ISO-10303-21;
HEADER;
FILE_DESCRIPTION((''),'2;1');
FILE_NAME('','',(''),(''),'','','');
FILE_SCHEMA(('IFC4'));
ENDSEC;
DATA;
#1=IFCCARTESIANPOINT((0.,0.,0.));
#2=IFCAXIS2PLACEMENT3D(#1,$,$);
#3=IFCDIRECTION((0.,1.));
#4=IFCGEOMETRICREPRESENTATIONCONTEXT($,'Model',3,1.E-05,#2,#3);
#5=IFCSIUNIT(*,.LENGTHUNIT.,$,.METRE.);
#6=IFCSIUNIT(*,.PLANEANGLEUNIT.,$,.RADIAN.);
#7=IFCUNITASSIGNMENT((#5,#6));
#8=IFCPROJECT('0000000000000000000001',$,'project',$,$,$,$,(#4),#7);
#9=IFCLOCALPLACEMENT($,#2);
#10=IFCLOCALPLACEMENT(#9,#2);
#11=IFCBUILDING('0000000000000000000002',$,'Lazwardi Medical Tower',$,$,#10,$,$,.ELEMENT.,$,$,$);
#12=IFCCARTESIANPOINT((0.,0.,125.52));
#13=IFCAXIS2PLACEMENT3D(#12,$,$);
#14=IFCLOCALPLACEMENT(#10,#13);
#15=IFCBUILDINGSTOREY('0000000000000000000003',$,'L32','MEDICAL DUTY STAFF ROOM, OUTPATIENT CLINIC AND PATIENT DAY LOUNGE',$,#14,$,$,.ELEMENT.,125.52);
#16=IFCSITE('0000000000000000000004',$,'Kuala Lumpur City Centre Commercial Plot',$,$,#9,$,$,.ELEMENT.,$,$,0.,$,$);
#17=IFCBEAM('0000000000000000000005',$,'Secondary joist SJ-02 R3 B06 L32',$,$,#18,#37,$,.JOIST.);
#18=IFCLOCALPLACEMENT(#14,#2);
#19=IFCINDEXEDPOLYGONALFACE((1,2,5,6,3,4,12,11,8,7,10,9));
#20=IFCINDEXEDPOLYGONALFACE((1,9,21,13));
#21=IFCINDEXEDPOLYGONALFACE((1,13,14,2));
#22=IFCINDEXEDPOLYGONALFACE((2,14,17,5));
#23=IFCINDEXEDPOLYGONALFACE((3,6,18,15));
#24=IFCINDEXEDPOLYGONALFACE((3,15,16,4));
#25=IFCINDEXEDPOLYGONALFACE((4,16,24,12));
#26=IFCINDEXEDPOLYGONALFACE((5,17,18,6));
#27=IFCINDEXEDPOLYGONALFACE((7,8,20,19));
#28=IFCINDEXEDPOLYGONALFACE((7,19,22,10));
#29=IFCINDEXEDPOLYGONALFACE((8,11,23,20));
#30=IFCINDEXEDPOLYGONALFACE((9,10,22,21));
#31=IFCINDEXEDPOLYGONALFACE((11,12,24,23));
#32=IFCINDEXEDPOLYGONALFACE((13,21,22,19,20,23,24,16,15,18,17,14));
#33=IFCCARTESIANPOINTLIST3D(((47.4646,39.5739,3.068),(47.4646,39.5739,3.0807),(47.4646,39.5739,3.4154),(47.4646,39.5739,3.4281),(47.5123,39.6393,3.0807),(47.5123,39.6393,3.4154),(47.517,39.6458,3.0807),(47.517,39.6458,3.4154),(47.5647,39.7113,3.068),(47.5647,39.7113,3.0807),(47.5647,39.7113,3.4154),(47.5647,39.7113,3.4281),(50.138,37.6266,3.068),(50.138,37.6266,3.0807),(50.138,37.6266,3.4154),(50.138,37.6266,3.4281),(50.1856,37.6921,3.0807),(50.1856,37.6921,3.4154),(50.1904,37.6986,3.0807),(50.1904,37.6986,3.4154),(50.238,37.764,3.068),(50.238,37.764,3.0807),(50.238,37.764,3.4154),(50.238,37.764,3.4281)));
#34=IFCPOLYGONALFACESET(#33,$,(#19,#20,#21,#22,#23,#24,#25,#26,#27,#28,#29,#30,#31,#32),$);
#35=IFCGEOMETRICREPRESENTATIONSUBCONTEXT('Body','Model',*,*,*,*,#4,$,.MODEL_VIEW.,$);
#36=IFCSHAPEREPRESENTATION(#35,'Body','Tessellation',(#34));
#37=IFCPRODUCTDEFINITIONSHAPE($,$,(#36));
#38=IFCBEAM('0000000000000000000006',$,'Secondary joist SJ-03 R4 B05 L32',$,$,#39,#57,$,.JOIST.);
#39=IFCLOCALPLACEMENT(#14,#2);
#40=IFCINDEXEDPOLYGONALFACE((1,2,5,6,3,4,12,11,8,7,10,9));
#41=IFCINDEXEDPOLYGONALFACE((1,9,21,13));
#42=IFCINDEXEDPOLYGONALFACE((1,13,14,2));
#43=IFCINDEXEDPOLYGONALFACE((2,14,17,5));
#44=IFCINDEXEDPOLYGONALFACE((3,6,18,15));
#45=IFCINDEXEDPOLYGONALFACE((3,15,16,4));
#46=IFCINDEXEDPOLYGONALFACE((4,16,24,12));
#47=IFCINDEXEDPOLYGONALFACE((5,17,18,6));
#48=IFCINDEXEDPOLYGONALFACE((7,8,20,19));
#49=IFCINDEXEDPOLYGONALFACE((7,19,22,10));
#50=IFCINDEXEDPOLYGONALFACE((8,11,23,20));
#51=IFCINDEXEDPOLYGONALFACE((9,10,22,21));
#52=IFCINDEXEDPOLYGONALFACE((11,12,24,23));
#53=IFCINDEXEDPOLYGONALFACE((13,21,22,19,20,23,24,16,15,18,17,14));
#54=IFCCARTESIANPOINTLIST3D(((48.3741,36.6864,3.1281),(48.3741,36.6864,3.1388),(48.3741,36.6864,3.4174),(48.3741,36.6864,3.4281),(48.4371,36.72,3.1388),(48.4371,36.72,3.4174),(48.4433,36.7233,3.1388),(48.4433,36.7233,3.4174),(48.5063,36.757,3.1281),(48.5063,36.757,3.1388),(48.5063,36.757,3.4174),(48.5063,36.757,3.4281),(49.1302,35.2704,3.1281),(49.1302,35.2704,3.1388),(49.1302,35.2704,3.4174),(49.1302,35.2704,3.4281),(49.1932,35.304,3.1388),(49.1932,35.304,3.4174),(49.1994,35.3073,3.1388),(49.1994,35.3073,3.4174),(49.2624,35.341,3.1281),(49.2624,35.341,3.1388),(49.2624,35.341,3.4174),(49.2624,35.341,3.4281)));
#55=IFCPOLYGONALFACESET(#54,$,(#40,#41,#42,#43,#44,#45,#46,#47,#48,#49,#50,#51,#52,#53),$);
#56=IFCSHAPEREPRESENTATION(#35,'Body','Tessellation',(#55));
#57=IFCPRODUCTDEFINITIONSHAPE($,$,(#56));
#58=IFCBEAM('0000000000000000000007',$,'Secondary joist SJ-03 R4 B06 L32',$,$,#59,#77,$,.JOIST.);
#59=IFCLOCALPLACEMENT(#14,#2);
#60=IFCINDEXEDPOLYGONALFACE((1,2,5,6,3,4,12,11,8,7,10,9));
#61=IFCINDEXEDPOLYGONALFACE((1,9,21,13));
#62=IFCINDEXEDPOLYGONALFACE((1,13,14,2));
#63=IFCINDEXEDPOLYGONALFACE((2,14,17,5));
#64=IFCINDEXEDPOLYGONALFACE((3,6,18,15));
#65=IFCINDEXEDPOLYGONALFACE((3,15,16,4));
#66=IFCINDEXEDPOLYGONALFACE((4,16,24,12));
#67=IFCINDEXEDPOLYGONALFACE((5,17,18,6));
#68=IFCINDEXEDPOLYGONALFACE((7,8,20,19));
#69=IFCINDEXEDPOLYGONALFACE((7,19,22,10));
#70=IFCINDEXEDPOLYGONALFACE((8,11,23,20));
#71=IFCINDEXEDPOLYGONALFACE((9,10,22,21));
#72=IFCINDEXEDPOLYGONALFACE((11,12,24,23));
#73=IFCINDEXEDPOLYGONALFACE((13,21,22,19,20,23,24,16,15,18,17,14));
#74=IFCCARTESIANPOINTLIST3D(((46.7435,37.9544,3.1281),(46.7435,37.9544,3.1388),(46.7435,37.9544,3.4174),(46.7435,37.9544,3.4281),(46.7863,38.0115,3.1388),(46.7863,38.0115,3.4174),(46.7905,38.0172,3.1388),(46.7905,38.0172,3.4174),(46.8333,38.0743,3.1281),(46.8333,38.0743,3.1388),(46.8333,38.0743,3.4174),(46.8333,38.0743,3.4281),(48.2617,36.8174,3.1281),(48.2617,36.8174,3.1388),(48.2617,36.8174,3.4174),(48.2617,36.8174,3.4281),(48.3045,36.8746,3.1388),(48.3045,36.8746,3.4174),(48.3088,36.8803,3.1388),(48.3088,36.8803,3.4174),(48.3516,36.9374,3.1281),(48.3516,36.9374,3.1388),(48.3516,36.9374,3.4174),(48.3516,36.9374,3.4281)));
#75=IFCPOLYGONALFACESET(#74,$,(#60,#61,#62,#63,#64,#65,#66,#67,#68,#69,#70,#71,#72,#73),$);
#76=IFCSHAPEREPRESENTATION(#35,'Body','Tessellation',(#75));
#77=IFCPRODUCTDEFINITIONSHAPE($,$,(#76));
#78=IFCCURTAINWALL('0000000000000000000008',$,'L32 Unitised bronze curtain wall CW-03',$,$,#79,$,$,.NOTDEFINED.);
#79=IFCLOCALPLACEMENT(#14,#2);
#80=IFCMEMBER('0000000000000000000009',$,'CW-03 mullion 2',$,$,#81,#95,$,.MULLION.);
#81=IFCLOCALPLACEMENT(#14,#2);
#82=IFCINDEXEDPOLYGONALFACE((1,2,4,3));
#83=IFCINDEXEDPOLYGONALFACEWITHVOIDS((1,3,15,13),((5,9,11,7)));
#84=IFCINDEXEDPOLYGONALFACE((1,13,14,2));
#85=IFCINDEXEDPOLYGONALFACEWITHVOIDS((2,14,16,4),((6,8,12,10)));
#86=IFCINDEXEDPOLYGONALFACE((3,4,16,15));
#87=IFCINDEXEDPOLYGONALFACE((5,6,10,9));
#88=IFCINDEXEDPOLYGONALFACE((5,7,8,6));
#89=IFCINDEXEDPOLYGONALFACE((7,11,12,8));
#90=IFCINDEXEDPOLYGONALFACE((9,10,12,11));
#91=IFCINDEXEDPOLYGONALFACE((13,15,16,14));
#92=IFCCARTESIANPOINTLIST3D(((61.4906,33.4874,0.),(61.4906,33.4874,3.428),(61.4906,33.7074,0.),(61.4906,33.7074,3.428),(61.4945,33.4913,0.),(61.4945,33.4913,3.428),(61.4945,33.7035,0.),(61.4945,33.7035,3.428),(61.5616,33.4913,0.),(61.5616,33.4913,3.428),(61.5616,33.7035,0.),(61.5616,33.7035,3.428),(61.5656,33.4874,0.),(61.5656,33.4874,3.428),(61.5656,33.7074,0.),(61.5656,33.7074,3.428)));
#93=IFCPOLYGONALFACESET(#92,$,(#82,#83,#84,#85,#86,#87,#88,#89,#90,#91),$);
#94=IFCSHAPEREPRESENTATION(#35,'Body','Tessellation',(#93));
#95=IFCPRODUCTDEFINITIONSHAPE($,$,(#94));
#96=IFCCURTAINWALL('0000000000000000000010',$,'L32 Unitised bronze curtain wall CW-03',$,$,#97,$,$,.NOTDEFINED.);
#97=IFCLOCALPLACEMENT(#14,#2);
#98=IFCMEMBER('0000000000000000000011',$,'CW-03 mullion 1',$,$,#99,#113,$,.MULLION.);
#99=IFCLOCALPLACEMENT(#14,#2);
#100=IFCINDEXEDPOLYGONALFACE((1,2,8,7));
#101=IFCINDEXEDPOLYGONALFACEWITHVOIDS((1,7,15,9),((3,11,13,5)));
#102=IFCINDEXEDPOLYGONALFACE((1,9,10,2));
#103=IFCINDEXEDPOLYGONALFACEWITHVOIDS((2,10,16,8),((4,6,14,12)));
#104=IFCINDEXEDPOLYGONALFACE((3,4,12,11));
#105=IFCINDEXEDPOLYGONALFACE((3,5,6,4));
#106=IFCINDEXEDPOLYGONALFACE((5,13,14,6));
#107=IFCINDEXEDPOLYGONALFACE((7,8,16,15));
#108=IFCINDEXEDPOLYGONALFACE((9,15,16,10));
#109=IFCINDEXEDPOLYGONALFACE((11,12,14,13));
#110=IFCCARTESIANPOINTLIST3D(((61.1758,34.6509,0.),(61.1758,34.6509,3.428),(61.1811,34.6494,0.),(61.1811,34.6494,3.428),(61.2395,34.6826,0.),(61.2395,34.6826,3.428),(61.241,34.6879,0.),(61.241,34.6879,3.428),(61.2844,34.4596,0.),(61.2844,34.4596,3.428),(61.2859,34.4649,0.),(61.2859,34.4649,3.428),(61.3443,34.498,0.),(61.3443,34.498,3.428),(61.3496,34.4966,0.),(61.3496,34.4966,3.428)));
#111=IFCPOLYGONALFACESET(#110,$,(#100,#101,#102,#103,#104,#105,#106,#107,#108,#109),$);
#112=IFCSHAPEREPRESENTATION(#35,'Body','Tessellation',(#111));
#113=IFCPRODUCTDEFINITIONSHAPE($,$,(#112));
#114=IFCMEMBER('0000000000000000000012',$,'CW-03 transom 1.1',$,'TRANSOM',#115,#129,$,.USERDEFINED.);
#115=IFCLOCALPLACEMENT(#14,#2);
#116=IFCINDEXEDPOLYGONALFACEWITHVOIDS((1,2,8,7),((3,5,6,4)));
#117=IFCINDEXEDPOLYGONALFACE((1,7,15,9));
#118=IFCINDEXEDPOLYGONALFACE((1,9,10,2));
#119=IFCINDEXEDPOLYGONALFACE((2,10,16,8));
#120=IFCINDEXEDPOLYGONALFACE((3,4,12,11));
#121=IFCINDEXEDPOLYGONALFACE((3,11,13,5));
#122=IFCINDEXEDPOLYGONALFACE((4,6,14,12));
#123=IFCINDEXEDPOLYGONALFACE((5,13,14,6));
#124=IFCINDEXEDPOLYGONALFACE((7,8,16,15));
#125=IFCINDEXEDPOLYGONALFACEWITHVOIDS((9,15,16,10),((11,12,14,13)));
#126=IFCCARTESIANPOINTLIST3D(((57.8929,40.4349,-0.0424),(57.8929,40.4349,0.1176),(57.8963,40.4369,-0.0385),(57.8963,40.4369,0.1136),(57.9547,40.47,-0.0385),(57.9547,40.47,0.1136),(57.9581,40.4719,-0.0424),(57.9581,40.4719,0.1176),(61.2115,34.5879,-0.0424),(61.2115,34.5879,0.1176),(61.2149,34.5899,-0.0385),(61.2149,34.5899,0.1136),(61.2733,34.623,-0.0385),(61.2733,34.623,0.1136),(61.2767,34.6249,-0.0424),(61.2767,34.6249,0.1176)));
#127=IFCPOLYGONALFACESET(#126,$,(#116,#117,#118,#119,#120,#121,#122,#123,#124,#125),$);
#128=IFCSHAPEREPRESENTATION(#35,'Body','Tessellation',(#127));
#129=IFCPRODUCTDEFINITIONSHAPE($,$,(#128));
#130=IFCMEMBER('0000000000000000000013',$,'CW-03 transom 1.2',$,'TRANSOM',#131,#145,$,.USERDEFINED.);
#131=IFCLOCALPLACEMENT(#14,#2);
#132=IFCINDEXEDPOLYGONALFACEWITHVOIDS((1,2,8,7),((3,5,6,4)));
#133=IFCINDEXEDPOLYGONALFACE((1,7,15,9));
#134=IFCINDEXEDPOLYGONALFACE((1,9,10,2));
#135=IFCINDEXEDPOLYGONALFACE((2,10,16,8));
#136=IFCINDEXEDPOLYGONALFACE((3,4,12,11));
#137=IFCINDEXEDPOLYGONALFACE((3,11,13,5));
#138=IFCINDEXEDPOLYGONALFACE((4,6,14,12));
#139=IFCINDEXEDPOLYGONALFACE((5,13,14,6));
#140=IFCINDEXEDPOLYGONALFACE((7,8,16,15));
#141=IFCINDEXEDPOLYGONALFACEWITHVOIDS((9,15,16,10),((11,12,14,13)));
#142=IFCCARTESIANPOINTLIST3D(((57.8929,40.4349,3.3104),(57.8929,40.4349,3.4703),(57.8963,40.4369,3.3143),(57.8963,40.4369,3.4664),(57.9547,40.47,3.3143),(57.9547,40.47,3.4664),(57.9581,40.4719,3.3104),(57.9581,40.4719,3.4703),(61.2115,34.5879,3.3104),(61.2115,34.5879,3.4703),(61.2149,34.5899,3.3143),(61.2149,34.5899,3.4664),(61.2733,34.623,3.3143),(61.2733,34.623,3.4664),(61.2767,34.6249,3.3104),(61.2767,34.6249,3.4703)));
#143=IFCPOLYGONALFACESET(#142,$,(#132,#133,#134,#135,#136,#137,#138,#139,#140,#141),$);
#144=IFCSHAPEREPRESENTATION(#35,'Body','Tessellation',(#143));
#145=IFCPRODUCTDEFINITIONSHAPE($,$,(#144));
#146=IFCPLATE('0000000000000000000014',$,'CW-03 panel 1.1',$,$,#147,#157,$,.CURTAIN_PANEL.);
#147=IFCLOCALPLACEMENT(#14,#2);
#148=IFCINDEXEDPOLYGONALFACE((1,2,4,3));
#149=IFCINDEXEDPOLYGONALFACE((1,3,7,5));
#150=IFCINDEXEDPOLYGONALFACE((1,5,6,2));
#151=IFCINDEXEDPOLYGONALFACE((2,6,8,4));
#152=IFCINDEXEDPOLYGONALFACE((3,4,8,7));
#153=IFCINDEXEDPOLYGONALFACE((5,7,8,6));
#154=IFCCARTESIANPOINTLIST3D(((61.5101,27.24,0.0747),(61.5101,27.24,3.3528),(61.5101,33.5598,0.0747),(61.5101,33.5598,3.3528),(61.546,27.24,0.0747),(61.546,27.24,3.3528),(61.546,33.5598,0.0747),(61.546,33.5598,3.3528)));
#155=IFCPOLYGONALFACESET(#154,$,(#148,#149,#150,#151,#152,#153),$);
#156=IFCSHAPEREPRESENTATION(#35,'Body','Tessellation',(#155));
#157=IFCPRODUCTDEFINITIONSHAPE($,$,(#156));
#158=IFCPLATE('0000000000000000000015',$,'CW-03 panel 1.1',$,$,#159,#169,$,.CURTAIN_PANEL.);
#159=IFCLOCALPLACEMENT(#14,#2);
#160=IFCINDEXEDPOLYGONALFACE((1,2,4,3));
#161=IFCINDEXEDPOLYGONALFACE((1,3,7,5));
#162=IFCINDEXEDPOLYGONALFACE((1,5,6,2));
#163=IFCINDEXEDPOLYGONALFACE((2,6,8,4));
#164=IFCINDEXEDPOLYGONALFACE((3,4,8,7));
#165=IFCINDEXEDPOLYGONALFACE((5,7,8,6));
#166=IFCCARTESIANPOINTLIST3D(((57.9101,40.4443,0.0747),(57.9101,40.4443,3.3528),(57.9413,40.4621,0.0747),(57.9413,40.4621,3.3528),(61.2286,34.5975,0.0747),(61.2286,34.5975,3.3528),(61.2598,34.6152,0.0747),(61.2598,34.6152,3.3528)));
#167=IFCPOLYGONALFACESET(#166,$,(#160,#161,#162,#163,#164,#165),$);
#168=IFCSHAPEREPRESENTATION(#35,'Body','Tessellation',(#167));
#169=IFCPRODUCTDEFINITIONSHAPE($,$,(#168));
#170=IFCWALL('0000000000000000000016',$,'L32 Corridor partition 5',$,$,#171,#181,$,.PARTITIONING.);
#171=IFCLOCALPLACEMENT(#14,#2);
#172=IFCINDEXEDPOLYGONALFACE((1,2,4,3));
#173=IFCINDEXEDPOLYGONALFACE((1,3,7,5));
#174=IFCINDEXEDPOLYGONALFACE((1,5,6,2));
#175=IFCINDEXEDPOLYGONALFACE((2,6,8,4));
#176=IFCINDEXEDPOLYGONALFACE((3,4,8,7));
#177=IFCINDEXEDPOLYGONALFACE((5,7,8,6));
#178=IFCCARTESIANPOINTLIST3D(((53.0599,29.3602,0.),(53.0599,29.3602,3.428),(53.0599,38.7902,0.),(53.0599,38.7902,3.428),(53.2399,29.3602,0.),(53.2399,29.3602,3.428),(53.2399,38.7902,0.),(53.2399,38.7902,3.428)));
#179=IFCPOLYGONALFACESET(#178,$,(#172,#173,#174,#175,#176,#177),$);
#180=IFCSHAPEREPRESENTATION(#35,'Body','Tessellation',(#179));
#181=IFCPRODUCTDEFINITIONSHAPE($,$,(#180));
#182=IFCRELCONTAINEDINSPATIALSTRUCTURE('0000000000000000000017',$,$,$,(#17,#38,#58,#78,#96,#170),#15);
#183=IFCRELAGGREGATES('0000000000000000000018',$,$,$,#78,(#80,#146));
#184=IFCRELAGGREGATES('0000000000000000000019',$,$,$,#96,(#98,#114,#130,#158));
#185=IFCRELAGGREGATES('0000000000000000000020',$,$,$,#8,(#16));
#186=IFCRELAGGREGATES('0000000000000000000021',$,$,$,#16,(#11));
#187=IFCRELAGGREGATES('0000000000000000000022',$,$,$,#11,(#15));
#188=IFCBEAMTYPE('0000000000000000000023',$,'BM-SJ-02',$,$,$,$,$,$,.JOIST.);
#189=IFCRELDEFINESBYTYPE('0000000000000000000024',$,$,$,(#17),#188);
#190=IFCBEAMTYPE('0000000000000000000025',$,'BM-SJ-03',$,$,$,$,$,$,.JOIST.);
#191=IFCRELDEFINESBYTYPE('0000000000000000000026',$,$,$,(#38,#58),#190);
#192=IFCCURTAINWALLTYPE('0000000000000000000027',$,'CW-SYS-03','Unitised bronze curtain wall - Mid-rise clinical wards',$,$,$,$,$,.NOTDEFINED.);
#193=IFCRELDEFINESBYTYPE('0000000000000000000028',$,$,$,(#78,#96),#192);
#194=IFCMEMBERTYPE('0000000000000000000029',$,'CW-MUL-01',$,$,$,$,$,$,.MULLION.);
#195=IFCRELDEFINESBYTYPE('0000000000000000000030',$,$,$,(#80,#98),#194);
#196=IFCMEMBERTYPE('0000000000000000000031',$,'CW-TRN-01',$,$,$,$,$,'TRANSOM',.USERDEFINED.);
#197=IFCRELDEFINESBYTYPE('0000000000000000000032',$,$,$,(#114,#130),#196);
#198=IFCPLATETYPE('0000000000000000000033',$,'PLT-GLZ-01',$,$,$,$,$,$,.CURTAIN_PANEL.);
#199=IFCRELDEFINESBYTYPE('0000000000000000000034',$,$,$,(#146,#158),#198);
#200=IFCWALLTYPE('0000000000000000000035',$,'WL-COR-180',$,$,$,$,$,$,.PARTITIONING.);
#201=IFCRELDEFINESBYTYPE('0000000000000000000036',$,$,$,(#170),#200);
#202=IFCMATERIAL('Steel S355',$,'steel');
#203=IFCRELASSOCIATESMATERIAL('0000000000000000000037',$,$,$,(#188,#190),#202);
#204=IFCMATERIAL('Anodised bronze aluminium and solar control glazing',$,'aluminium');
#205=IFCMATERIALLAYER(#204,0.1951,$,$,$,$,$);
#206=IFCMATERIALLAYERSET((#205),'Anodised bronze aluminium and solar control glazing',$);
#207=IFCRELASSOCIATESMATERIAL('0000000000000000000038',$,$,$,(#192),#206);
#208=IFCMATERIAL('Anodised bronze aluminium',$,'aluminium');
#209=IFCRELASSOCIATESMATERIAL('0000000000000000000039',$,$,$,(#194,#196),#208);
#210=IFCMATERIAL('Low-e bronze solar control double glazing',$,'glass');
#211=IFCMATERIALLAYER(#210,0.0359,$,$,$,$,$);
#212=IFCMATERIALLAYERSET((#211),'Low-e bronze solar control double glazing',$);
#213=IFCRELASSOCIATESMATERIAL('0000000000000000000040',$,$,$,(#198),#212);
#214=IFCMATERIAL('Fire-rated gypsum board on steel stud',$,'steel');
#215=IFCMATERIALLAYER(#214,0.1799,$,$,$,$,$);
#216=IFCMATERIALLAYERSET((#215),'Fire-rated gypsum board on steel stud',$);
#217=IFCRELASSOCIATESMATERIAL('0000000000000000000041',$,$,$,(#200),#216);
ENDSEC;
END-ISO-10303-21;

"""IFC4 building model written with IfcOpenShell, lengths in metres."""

from ifc_helpers import new_model, si_unit, direction, frame, frame_2d, origin, origin_2d, place, context, subcontext, project, spatial, rectangle, hollow_rectangle, i_section, extrude, material, layer, layer_set, material_profile, profile_set, type_object, element, aggregate, save


model = new_model("IFC4")

# Units and contexts
model_context = context("Model", 3, precision=1e-05, world=origin(), true_north=direction((0.0, 1.0)))
body_context = subcontext(model_context, "Body", "Model", "MODEL_VIEW")
ifc_project = project(units=[si_unit("LENGTHUNIT", "METRE"), si_unit("PLANEANGLEUNIT", "RADIAN")], contexts=[model_context])

# Site, building, storey
site_placement = place(None, origin())
site = spatial("IfcSite", under=ifc_project, at=site_placement, Name="Kuala Lumpur City Centre Commercial Plot", CompositionType="ELEMENT", RefElevation=0.0)
building_placement = place(site_placement, origin())
building = spatial("IfcBuilding", under=site, at=building_placement, Name="Lazwardi Medical Tower", CompositionType="ELEMENT")
storey_placement = place(building_placement, frame((0.0, 0.0, 125.52)))
storey = spatial("IfcBuildingStorey", under=building, at=storey_placement, Name="L32", Description="MEDICAL DUTY STAFF ROOM, OUTPATIENT CLINIC AND PATIENT DAY LOUNGE", CompositionType="ELEMENT", Elevation=125.52)

# Beams
ifc_material_1 = material(Name="Steel S355", Category="steel")
ifc_material_profile_1 = material_profile(ifc_material_1, i_section(OverallWidth=0.1699, OverallDepth=0.3601, WebThickness=0.0081, FlangeThickness=0.0127, at=origin_2d()), Name="IPE 360")
ifc_profile_set_1 = profile_set([ifc_material_profile_1], Name="Steel S355")
beam_type_1 = type_object("IfcBeamType", Name="BM-SJ-02", PredefinedType="JOIST", material=ifc_profile_set_1)
beam_1_placement = place(storey_placement, frame((50.188, 37.6953, 3.248), z_axis=(-0.808302, 0.588768, 0.0), x_axis=(-0.588768, -0.808302, 0.0)))
element("IfcBeam", 1, at=beam_1_placement, inside=storey, type_object=beam_type_1, Name="Secondary joist SJ-02 R3 B06 L32", PredefinedType="JOIST", context=body_context, shape_type="SweptSolid", body=[
    extrude(i_section(OverallWidth=0.1699, OverallDepth=0.3601, WebThickness=0.0081, FlangeThickness=0.0127, at=origin_2d()), origin(), (0.0, 0.0, 1.0), 3.3074),
])
ifc_material_profile_2 = material_profile(ifc_material_1, i_section(OverallWidth=0.1499, OverallDepth=0.3, WebThickness=0.0071, FlangeThickness=0.0107, at=origin_2d()), Name="IPE 300")
ifc_profile_set_2 = profile_set([ifc_material_profile_2], Name="Steel S355")
beam_type_2 = type_object("IfcBeamType", Name="BM-SJ-03", PredefinedType="JOIST", material=ifc_profile_set_2)
beam_2_placement = place(storey_placement, frame((49.1963, 35.3057, 3.2781), z_axis=(-0.471022, 0.882121, 0.0), x_axis=(-0.882121, -0.471022, 0.0)))
element("IfcBeam", 2, at=beam_2_placement, inside=storey, type_object=beam_type_2, Name="Secondary joist SJ-03 R4 B05 L32", PredefinedType="JOIST", context=body_context, shape_type="SweptSolid", body=[
    extrude(i_section(OverallWidth=0.1499, OverallDepth=0.3, WebThickness=0.0071, FlangeThickness=0.0107, at=origin_2d()), origin(), (0.0, 0.0, 1.0), 1.6052),
])
beam_3_placement = place(storey_placement, frame((48.3066, 36.8774, 3.2781), z_axis=(-0.800448, 0.599403, 0.0), x_axis=(-0.599403, -0.800448, 0.0)))
element("IfcBeam", 3, at=beam_3_placement, inside=storey, type_object=beam_type_2, Name="Secondary joist SJ-03 R4 B06 L32", PredefinedType="JOIST", context=body_context, shape_type="SweptSolid", body=[
    extrude(i_section(OverallWidth=0.1499, OverallDepth=0.3, WebThickness=0.0071, FlangeThickness=0.0107, at=origin_2d()), origin(), (0.0, 0.0, 1.0), 1.8967),
])

# Curtain wall, member
ifc_material_2 = material(Name="Anodised bronze aluminium and solar control glazing", Category="aluminium")
ifc_layer_1 = layer(ifc_material_2, 0.1951)
ifc_layer_set_1 = layer_set([ifc_layer_1], Name="Anodised bronze aluminium and solar control glazing")
curtain_wall_type = type_object("IfcCurtainWallType", Name="CW-SYS-03", Description="Unitised bronze curtain wall - Mid-rise clinical wards", PredefinedType="NOTDEFINED", material=ifc_layer_set_1)
curtain_wall_1_placement = place(storey_placement, origin())
curtain_wall_1 = element("IfcCurtainWall", 4, at=curtain_wall_1_placement, inside=storey, type_object=curtain_wall_type, Name="L32 Unitised bronze curtain wall CW-03", PredefinedType="NOTDEFINED")
ifc_material_3 = material(Name="Anodised bronze aluminium", Category="aluminium")
ifc_material_profile_3 = material_profile(ifc_material_3, hollow_rectangle(XDim=0.075, YDim=0.22, WallThickness=0.0039, at=origin_2d()), Name="ALU-MULLION 220x75x4")
ifc_profile_set_3 = profile_set([ifc_material_profile_3], Name="Anodised bronze aluminium")
member_type_1 = type_object("IfcMemberType", Name="CW-MUL-01", PredefinedType="MULLION", material=ifc_profile_set_3)
member_1_placement = place(storey_placement, frame((61.5281, 33.5974, 0.0), z_axis=(0.0, 0.0, 1.0), x_axis=(-1.0, 0.0, 0.0)))
member_1 = element("IfcMember", 5, at=member_1_placement, type_object=member_type_1, Name="CW-03 mullion 2", PredefinedType="MULLION", context=body_context, shape_type="SweptSolid", body=[
    extrude(hollow_rectangle(XDim=0.075, YDim=0.22, WallThickness=0.0039, at=origin_2d()), origin(), (0.0, 0.0, 1.0), 3.428),
])

# Curtain wall, members
curtain_wall_2_placement = place(storey_placement, origin())
curtain_wall_2 = element("IfcCurtainWall", 6, at=curtain_wall_2_placement, inside=storey, type_object=curtain_wall_type, Name="L32 Unitised bronze curtain wall CW-03", PredefinedType="NOTDEFINED")
member_2_placement = place(storey_placement, frame((61.2627, 34.5737, 0.0), z_axis=(0.0, 0.0, 1.0), x_axis=(-0.869687, -0.493603, 0.0)))
member_2 = element("IfcMember", 7, at=member_2_placement, type_object=member_type_1, Name="CW-03 mullion 1", PredefinedType="MULLION", context=body_context, shape_type="SweptSolid", body=[
    extrude(hollow_rectangle(XDim=0.075, YDim=0.22, WallThickness=0.0039, at=origin_2d()), origin(), (0.0, 0.0, 1.0), 3.428),
])
ifc_material_profile_4 = material_profile(ifc_material_3, hollow_rectangle(XDim=0.075, YDim=0.1599, WallThickness=0.0039, at=origin_2d()), Name="ALU-TRANSOM 160x75x4")
ifc_profile_set_4 = profile_set([ifc_material_profile_4], Name="Anodised bronze aluminium")
member_type_2 = type_object("IfcMemberType", Name="CW-TRN-01", ElementType="TRANSOM", PredefinedType="USERDEFINED", material=ifc_profile_set_4)
member_3_placement = place(storey_placement, frame((61.2441, 34.6064, 0.0376), z_axis=(-0.493614, 0.869681, 0.0), x_axis=(-0.869681, -0.493614, 0.0)))
member_3 = element("IfcMember", 8, at=member_3_placement, type_object=member_type_2, Name="CW-03 transom 1.1", ObjectType="TRANSOM", PredefinedType="USERDEFINED", context=body_context, shape_type="SweptSolid", body=[
    extrude(hollow_rectangle(XDim=0.075, YDim=0.1599, WallThickness=0.0039, at=origin_2d()), origin(), (0.0, 0.0, 1.0), 6.7231),
])
member_4_placement = place(storey_placement, frame((61.2441, 34.6064, 3.3904), z_axis=(-0.493614, 0.869681, 0.0), x_axis=(-0.869681, -0.493614, 0.0)))
member_4 = element("IfcMember", 9, at=member_4_placement, type_object=member_type_2, Name="CW-03 transom 1.2", ObjectType="TRANSOM", PredefinedType="USERDEFINED", context=body_context, shape_type="SweptSolid", body=[
    extrude(hollow_rectangle(XDim=0.075, YDim=0.1599, WallThickness=0.0039, at=origin_2d()), origin(), (0.0, 0.0, 1.0), 6.7231),
])

# Plates
ifc_material_4 = material(Name="Low-e bronze solar control double glazing", Category="glass")
ifc_layer_2 = layer(ifc_material_4, 0.0359)
ifc_layer_set_2 = layer_set([ifc_layer_2], Name="Low-e bronze solar control double glazing")
plate_type = type_object("IfcPlateType", Name="PLT-GLZ-01", PredefinedType="CURTAIN_PANEL", material=ifc_layer_set_2)
plate_1_placement = place(storey_placement, frame((61.5281, 30.3999, 0.0747), z_axis=(0.0, 0.0, 1.0), x_axis=(0.0, 1.0, 0.0)))
plate_1 = element("IfcPlate", 10, at=plate_1_placement, type_object=plate_type, Name="CW-03 panel 1.1", PredefinedType="CURTAIN_PANEL", context=body_context, shape_type="SweptSolid", body=[
    extrude(rectangle(XDim=6.3198, YDim=0.0359, at=origin_2d()), origin(), (0.0, 0.0, 1.0), 3.2781),
])
aggregate(curtain_wall_1, [member_1, plate_1])
plate_2_placement = place(storey_placement, frame((59.585, 37.5298, 0.0747), z_axis=(0.0, 0.0, 1.0), x_axis=(-0.493603, 0.869687, 0.0)))
plate_2 = element("IfcPlate", 11, at=plate_2_placement, type_object=plate_type, Name="CW-03 panel 1.1", PredefinedType="CURTAIN_PANEL", context=body_context, shape_type="SweptSolid", body=[
    extrude(rectangle(XDim=6.7229, YDim=0.0359, at=origin_2d()), origin(), (0.0, 0.0, 1.0), 3.2781),
])
aggregate(curtain_wall_2, [member_2, member_3, member_4, plate_2])

# Wall
ifc_material_5 = material(Name="Fire-rated gypsum board on steel stud", Category="steel")
ifc_layer_3 = layer(ifc_material_5, 0.1799)
ifc_layer_set_3 = layer_set([ifc_layer_3], Name="Fire-rated gypsum board on steel stud")
wall_type_1 = type_object("IfcWallType", Name="WL-COR-180", PredefinedType="PARTITIONING", material=ifc_layer_set_3)
wall_1_placement = place(storey_placement, frame((53.1499, 38.79, 0.0), z_axis=(0.0, 0.0, 1.0), x_axis=(0.0, -1.0, 0.0)))
element("IfcWall", 12, at=wall_1_placement, inside=storey, type_object=wall_type_1, Name="L32 Corridor partition 5", PredefinedType="PARTITIONING", context=body_context, shape_type="SweptSolid", body=[
    extrude(rectangle(XDim=9.4299, YDim=0.1799, at=frame_2d((4.7148, 0.0))), origin(), (0.0, 0.0, 1.0), 3.428),
])

save(model, "model.ifc")
